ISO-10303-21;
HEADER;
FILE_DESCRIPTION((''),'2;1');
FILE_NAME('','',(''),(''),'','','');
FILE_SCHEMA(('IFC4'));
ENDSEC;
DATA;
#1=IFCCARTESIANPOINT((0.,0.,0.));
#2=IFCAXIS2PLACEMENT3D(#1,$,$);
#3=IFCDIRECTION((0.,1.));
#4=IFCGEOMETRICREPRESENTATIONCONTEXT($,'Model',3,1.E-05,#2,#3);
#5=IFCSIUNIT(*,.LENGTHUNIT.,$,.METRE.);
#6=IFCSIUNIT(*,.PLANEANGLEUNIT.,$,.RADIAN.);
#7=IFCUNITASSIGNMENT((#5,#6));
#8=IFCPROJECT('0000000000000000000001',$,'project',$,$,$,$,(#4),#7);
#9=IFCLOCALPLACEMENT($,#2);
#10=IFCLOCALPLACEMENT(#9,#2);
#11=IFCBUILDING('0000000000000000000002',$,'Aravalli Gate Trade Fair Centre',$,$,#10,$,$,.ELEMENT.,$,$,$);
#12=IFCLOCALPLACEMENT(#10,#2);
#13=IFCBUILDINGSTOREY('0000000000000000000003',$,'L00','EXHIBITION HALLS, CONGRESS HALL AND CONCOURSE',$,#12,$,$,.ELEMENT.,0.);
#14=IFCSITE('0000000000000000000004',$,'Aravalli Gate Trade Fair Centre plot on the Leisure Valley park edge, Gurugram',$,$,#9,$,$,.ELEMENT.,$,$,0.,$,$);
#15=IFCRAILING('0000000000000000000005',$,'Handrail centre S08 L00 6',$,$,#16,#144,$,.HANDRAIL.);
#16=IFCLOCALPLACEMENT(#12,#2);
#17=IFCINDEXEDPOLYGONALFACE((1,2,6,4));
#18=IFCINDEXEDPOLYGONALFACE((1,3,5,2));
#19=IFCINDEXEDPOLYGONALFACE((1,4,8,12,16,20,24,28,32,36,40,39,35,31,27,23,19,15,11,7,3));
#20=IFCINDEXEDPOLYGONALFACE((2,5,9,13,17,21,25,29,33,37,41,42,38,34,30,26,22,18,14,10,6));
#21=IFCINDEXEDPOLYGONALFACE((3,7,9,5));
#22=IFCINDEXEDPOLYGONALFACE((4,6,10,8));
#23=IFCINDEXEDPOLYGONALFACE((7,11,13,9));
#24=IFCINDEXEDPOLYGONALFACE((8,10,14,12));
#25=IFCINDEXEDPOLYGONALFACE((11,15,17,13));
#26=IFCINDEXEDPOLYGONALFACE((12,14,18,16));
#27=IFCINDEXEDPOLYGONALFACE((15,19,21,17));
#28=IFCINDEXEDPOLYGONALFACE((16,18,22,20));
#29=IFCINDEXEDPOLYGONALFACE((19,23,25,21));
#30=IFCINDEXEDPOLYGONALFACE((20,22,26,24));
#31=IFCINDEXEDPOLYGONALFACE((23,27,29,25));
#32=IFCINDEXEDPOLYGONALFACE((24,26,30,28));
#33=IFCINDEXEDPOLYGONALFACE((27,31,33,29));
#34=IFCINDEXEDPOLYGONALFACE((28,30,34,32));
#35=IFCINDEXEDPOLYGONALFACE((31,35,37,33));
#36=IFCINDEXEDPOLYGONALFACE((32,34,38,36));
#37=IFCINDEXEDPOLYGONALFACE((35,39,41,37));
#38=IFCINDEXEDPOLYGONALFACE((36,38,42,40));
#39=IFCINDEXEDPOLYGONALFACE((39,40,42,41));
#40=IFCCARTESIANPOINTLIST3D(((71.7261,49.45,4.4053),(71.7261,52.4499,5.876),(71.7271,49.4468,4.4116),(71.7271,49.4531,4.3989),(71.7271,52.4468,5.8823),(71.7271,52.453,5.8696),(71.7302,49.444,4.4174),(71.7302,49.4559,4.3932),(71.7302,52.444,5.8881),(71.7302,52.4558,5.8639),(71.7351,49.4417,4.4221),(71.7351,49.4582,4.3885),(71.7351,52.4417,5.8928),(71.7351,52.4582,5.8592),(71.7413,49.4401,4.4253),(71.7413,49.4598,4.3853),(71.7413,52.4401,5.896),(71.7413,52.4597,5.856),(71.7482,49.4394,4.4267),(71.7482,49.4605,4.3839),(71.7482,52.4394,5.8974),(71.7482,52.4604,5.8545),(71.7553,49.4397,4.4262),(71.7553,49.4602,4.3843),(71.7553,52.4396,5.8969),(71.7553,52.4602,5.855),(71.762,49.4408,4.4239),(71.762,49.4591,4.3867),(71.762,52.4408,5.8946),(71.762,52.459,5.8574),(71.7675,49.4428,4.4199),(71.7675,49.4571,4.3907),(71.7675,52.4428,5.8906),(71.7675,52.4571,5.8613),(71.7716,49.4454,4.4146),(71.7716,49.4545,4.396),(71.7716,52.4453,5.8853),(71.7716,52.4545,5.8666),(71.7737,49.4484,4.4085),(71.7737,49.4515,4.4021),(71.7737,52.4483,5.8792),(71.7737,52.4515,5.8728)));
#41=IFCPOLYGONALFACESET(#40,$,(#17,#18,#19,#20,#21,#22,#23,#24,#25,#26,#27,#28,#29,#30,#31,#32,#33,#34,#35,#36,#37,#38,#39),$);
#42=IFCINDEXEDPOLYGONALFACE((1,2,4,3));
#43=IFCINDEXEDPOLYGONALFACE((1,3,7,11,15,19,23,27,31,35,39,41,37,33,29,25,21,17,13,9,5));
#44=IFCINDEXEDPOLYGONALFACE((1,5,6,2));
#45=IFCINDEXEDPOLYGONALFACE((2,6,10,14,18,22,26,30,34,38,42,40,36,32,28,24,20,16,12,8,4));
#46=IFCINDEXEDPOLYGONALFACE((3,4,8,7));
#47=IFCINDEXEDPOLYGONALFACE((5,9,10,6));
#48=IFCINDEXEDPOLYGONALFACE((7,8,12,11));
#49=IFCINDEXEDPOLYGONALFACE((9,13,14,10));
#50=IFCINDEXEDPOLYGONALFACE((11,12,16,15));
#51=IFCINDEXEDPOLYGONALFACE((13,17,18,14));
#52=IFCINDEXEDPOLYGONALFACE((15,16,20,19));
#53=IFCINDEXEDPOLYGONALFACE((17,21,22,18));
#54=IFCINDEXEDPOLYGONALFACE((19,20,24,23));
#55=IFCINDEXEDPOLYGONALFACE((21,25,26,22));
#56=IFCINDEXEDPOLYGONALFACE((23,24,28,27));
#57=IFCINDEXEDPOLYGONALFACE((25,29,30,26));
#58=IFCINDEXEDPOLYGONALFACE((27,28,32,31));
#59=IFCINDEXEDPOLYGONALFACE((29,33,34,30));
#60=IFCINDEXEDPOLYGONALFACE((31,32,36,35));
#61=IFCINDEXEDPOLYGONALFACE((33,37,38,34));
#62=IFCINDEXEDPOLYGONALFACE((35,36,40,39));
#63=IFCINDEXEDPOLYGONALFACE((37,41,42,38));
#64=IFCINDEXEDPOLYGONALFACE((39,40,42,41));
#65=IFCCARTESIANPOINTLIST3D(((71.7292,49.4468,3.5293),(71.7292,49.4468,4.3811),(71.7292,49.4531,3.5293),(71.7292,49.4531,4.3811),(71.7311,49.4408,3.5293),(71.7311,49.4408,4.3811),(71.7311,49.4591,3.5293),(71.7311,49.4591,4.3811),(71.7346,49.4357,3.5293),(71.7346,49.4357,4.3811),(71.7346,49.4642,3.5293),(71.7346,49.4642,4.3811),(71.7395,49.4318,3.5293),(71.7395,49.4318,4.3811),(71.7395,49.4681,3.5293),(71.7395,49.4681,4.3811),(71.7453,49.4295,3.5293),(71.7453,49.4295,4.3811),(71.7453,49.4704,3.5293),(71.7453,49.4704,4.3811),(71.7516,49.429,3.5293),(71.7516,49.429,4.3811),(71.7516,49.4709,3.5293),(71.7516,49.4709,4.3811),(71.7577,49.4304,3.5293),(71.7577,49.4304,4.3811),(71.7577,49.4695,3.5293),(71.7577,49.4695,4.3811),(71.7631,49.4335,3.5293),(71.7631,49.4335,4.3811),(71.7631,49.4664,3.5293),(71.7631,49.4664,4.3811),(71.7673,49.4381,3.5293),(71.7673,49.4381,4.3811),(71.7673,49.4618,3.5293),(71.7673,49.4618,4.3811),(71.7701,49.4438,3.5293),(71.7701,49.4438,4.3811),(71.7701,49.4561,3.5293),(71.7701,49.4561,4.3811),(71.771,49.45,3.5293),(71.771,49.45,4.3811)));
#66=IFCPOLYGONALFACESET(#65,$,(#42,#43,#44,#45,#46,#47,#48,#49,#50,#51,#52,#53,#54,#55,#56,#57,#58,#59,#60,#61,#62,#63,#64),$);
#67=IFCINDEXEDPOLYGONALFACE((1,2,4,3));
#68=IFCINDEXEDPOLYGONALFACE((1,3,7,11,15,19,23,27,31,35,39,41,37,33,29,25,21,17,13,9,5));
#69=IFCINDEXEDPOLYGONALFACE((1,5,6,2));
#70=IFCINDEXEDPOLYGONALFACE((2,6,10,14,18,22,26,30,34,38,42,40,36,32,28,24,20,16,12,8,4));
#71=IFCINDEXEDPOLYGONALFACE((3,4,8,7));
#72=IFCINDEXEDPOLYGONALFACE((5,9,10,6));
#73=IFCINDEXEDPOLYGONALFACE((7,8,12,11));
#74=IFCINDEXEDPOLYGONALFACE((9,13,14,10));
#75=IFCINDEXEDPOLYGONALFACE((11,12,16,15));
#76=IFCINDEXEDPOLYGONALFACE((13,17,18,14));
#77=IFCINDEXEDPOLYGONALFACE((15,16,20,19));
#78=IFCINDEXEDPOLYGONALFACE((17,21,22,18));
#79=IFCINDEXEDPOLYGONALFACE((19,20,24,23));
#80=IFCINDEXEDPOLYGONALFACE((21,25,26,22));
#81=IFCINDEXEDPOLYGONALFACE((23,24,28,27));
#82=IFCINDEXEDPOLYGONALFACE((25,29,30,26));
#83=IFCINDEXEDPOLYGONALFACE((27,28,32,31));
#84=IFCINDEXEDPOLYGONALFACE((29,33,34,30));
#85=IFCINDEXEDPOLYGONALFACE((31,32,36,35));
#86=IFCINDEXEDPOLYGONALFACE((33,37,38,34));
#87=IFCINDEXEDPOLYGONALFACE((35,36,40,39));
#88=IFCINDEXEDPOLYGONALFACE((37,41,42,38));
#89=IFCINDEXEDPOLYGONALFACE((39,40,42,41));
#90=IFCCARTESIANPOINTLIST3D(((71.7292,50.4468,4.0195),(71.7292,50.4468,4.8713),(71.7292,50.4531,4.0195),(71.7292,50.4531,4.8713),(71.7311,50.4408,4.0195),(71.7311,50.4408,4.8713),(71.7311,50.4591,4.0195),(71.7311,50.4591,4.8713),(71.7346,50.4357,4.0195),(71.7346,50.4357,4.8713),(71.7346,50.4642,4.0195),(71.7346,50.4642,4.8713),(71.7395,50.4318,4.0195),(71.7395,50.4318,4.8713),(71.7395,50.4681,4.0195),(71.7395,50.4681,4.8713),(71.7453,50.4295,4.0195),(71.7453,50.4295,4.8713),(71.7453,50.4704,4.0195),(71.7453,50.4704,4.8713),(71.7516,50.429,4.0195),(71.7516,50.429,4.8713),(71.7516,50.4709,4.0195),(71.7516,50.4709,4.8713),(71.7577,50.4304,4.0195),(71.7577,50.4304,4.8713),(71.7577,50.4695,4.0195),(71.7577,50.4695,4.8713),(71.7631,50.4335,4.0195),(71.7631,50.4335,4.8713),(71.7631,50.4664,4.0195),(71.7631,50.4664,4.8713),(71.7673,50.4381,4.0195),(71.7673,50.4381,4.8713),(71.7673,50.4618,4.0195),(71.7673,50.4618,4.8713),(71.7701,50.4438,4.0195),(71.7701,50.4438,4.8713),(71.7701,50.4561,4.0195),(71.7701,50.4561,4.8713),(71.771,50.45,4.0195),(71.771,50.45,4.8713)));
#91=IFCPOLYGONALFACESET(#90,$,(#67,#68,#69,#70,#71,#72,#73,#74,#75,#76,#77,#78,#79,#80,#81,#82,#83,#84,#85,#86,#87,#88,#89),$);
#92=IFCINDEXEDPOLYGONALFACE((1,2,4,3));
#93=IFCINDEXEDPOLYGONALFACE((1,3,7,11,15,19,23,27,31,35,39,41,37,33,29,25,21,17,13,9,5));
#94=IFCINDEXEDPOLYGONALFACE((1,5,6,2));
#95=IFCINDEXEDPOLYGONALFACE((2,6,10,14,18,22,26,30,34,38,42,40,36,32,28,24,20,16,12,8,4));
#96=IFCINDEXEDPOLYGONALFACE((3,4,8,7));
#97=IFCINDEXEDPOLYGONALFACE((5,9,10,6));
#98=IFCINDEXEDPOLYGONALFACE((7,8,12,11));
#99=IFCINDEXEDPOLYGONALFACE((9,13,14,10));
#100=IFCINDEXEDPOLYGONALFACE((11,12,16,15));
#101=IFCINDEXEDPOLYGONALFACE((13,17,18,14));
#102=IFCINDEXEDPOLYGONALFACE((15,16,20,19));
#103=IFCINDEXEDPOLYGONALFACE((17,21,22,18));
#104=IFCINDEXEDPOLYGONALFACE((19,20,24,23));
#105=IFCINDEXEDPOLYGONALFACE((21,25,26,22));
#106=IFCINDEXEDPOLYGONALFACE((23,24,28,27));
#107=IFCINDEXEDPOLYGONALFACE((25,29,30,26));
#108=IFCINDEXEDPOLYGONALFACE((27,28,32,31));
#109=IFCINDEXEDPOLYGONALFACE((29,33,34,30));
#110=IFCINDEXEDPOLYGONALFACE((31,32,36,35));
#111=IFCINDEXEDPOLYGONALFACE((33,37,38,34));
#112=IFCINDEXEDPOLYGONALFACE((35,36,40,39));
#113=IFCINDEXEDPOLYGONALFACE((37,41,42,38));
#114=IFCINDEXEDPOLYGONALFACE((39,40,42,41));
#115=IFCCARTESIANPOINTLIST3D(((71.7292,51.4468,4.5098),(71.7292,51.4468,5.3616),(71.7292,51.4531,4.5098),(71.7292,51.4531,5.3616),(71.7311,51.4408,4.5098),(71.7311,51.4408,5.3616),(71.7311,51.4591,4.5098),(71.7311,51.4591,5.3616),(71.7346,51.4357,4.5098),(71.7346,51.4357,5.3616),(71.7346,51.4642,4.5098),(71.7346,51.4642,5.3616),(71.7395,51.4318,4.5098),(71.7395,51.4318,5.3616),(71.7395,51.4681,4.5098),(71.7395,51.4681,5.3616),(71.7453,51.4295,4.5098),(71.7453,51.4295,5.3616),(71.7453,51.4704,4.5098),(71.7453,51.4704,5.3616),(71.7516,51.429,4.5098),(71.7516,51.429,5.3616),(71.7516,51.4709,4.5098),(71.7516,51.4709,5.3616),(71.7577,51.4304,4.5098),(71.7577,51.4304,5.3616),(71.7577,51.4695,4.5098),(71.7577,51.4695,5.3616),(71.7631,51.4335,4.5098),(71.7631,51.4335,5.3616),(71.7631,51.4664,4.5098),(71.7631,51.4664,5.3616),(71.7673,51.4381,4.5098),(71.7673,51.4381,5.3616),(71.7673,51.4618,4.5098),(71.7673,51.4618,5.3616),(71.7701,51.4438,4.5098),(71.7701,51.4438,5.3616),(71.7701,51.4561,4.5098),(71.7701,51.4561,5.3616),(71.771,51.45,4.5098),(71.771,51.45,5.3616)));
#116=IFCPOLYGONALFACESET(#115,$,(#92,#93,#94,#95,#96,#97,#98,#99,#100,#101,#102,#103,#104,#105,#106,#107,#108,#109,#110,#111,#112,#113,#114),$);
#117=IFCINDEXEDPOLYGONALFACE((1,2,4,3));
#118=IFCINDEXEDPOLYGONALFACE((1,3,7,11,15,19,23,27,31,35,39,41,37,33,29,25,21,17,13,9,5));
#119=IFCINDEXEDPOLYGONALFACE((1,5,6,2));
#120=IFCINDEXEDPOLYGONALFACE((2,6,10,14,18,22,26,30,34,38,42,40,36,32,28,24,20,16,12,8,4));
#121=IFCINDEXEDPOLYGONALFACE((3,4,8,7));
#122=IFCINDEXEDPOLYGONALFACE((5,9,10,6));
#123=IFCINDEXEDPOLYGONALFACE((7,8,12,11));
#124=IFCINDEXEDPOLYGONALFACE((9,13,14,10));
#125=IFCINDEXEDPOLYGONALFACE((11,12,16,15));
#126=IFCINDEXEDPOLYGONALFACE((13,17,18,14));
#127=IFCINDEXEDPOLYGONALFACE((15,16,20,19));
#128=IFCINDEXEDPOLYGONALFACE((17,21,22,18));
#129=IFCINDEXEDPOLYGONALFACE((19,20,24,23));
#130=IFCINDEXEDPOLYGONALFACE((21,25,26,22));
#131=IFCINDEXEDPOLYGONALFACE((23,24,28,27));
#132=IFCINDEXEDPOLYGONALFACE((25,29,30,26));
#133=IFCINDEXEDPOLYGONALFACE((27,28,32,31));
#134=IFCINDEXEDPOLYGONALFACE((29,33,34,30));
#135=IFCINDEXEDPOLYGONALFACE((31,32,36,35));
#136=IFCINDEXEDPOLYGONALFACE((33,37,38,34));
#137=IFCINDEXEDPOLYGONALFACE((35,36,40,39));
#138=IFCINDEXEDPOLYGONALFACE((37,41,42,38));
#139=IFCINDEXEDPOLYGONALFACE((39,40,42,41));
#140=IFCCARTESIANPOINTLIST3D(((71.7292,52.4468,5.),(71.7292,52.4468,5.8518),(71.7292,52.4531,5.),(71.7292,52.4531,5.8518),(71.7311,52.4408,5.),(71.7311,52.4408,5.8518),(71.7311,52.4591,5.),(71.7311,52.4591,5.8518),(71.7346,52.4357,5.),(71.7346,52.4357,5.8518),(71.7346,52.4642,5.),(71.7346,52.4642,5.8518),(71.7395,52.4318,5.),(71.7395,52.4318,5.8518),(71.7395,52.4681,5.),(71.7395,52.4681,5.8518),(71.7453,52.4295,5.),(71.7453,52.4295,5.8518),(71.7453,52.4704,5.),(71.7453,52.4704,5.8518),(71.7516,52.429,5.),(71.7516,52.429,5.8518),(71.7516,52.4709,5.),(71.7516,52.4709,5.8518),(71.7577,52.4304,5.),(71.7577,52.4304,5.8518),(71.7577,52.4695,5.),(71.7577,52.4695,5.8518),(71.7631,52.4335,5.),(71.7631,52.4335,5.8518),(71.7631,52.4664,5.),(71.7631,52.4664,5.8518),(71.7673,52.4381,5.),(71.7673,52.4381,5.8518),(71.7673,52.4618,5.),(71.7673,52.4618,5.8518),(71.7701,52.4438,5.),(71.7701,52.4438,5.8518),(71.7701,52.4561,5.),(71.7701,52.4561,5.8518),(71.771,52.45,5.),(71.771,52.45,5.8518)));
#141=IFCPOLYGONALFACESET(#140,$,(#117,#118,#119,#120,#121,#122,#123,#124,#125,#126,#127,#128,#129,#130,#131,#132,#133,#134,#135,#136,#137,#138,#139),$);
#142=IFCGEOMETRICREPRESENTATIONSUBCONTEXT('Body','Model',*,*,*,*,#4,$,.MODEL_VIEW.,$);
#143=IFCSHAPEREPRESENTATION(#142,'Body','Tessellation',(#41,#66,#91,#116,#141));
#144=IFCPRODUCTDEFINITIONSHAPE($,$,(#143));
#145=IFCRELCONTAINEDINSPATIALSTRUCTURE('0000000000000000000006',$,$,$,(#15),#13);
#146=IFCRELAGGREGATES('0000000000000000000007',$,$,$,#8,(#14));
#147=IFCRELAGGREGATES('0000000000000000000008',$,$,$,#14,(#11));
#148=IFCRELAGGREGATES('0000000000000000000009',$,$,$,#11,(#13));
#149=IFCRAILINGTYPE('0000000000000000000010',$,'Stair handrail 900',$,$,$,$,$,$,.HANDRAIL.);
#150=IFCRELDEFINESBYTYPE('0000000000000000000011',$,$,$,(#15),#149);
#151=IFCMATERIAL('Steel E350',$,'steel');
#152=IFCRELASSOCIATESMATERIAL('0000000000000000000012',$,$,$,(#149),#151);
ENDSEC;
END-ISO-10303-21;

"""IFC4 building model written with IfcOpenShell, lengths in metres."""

from ifc_helpers import new_model, si_unit, direction, frame, origin, origin_2d, place, context, subcontext, project, spatial, circle, extrude, material, type_object, element, save


model = new_model("IFC4")

# Units and contexts
model_context = context("Model", 3, precision=1e-05, world=origin(), true_north=direction((0.0, 1.0)))
body_context = subcontext(model_context, "Body", "Model", "MODEL_VIEW")
ifc_project = project(units=[si_unit("LENGTHUNIT", "METRE"), si_unit("PLANEANGLEUNIT", "RADIAN")], contexts=[model_context])

# Site, building, storey
site_placement = place(None, origin())
site = spatial("IfcSite", under=ifc_project, at=site_placement, Name="Aravalli Gate Trade Fair Centre plot on the Leisure Valley park edge, Gurugram", CompositionType="ELEMENT", RefElevation=0.0)
building_placement = place(site_placement, origin())
building = spatial("IfcBuilding", under=site, at=building_placement, Name="Aravalli Gate Trade Fair Centre", CompositionType="ELEMENT")
storey_placement = place(building_placement, origin())
storey = spatial("IfcBuildingStorey", under=building, at=storey_placement, Name="L00", Description="EXHIBITION HALLS, CONGRESS HALL AND CONCOURSE", CompositionType="ELEMENT", Elevation=0.0)

# Railing
ifc_material_1 = material(Name="Steel E350", Category="steel")
railing_type = type_object("IfcRailingType", Name="Stair handrail 900", PredefinedType="HANDRAIL", material=ifc_material_1)
for number, where, name in (
    (1, (71.75, 49.45, 3.5293), "Handrail centre S08 L00 6"),
):
    element("IfcRailing", number, at=place(storey_placement, frame(where)), inside=storey, type_object=railing_type, Name=name, PredefinedType="HANDRAIL", context=body_context, shape_type="SweptSolid", body=[
        extrude(circle(Radius=0.0239, at=origin_2d()), frame((0.0, 0.0, 0.876), z_axis=(0.0, 0.897907, 0.440185), x_axis=(-1.0, 0.0, 0.0)), (0.0, 0.0, 1.0), 3.3411),
        extrude(circle(Radius=0.021, at=origin_2d()), origin(), (0.0, 0.0, 1.0), 0.8518),
        extrude(circle(Radius=0.021, at=origin_2d()), frame((0.0, 1.0, 0.4902)), (0.0, 0.0, 1.0), 0.8518),
        extrude(circle(Radius=0.021, at=origin_2d()), frame((0.0, 2.0, 0.9805)), (0.0, 0.0, 1.0), 0.8518),
        extrude(circle(Radius=0.021, at=origin_2d()), frame((0.0, 3.0, 1.4707)), (0.0, 0.0, 1.0), 0.8518),
    ])

save(model, "model.ifc")
